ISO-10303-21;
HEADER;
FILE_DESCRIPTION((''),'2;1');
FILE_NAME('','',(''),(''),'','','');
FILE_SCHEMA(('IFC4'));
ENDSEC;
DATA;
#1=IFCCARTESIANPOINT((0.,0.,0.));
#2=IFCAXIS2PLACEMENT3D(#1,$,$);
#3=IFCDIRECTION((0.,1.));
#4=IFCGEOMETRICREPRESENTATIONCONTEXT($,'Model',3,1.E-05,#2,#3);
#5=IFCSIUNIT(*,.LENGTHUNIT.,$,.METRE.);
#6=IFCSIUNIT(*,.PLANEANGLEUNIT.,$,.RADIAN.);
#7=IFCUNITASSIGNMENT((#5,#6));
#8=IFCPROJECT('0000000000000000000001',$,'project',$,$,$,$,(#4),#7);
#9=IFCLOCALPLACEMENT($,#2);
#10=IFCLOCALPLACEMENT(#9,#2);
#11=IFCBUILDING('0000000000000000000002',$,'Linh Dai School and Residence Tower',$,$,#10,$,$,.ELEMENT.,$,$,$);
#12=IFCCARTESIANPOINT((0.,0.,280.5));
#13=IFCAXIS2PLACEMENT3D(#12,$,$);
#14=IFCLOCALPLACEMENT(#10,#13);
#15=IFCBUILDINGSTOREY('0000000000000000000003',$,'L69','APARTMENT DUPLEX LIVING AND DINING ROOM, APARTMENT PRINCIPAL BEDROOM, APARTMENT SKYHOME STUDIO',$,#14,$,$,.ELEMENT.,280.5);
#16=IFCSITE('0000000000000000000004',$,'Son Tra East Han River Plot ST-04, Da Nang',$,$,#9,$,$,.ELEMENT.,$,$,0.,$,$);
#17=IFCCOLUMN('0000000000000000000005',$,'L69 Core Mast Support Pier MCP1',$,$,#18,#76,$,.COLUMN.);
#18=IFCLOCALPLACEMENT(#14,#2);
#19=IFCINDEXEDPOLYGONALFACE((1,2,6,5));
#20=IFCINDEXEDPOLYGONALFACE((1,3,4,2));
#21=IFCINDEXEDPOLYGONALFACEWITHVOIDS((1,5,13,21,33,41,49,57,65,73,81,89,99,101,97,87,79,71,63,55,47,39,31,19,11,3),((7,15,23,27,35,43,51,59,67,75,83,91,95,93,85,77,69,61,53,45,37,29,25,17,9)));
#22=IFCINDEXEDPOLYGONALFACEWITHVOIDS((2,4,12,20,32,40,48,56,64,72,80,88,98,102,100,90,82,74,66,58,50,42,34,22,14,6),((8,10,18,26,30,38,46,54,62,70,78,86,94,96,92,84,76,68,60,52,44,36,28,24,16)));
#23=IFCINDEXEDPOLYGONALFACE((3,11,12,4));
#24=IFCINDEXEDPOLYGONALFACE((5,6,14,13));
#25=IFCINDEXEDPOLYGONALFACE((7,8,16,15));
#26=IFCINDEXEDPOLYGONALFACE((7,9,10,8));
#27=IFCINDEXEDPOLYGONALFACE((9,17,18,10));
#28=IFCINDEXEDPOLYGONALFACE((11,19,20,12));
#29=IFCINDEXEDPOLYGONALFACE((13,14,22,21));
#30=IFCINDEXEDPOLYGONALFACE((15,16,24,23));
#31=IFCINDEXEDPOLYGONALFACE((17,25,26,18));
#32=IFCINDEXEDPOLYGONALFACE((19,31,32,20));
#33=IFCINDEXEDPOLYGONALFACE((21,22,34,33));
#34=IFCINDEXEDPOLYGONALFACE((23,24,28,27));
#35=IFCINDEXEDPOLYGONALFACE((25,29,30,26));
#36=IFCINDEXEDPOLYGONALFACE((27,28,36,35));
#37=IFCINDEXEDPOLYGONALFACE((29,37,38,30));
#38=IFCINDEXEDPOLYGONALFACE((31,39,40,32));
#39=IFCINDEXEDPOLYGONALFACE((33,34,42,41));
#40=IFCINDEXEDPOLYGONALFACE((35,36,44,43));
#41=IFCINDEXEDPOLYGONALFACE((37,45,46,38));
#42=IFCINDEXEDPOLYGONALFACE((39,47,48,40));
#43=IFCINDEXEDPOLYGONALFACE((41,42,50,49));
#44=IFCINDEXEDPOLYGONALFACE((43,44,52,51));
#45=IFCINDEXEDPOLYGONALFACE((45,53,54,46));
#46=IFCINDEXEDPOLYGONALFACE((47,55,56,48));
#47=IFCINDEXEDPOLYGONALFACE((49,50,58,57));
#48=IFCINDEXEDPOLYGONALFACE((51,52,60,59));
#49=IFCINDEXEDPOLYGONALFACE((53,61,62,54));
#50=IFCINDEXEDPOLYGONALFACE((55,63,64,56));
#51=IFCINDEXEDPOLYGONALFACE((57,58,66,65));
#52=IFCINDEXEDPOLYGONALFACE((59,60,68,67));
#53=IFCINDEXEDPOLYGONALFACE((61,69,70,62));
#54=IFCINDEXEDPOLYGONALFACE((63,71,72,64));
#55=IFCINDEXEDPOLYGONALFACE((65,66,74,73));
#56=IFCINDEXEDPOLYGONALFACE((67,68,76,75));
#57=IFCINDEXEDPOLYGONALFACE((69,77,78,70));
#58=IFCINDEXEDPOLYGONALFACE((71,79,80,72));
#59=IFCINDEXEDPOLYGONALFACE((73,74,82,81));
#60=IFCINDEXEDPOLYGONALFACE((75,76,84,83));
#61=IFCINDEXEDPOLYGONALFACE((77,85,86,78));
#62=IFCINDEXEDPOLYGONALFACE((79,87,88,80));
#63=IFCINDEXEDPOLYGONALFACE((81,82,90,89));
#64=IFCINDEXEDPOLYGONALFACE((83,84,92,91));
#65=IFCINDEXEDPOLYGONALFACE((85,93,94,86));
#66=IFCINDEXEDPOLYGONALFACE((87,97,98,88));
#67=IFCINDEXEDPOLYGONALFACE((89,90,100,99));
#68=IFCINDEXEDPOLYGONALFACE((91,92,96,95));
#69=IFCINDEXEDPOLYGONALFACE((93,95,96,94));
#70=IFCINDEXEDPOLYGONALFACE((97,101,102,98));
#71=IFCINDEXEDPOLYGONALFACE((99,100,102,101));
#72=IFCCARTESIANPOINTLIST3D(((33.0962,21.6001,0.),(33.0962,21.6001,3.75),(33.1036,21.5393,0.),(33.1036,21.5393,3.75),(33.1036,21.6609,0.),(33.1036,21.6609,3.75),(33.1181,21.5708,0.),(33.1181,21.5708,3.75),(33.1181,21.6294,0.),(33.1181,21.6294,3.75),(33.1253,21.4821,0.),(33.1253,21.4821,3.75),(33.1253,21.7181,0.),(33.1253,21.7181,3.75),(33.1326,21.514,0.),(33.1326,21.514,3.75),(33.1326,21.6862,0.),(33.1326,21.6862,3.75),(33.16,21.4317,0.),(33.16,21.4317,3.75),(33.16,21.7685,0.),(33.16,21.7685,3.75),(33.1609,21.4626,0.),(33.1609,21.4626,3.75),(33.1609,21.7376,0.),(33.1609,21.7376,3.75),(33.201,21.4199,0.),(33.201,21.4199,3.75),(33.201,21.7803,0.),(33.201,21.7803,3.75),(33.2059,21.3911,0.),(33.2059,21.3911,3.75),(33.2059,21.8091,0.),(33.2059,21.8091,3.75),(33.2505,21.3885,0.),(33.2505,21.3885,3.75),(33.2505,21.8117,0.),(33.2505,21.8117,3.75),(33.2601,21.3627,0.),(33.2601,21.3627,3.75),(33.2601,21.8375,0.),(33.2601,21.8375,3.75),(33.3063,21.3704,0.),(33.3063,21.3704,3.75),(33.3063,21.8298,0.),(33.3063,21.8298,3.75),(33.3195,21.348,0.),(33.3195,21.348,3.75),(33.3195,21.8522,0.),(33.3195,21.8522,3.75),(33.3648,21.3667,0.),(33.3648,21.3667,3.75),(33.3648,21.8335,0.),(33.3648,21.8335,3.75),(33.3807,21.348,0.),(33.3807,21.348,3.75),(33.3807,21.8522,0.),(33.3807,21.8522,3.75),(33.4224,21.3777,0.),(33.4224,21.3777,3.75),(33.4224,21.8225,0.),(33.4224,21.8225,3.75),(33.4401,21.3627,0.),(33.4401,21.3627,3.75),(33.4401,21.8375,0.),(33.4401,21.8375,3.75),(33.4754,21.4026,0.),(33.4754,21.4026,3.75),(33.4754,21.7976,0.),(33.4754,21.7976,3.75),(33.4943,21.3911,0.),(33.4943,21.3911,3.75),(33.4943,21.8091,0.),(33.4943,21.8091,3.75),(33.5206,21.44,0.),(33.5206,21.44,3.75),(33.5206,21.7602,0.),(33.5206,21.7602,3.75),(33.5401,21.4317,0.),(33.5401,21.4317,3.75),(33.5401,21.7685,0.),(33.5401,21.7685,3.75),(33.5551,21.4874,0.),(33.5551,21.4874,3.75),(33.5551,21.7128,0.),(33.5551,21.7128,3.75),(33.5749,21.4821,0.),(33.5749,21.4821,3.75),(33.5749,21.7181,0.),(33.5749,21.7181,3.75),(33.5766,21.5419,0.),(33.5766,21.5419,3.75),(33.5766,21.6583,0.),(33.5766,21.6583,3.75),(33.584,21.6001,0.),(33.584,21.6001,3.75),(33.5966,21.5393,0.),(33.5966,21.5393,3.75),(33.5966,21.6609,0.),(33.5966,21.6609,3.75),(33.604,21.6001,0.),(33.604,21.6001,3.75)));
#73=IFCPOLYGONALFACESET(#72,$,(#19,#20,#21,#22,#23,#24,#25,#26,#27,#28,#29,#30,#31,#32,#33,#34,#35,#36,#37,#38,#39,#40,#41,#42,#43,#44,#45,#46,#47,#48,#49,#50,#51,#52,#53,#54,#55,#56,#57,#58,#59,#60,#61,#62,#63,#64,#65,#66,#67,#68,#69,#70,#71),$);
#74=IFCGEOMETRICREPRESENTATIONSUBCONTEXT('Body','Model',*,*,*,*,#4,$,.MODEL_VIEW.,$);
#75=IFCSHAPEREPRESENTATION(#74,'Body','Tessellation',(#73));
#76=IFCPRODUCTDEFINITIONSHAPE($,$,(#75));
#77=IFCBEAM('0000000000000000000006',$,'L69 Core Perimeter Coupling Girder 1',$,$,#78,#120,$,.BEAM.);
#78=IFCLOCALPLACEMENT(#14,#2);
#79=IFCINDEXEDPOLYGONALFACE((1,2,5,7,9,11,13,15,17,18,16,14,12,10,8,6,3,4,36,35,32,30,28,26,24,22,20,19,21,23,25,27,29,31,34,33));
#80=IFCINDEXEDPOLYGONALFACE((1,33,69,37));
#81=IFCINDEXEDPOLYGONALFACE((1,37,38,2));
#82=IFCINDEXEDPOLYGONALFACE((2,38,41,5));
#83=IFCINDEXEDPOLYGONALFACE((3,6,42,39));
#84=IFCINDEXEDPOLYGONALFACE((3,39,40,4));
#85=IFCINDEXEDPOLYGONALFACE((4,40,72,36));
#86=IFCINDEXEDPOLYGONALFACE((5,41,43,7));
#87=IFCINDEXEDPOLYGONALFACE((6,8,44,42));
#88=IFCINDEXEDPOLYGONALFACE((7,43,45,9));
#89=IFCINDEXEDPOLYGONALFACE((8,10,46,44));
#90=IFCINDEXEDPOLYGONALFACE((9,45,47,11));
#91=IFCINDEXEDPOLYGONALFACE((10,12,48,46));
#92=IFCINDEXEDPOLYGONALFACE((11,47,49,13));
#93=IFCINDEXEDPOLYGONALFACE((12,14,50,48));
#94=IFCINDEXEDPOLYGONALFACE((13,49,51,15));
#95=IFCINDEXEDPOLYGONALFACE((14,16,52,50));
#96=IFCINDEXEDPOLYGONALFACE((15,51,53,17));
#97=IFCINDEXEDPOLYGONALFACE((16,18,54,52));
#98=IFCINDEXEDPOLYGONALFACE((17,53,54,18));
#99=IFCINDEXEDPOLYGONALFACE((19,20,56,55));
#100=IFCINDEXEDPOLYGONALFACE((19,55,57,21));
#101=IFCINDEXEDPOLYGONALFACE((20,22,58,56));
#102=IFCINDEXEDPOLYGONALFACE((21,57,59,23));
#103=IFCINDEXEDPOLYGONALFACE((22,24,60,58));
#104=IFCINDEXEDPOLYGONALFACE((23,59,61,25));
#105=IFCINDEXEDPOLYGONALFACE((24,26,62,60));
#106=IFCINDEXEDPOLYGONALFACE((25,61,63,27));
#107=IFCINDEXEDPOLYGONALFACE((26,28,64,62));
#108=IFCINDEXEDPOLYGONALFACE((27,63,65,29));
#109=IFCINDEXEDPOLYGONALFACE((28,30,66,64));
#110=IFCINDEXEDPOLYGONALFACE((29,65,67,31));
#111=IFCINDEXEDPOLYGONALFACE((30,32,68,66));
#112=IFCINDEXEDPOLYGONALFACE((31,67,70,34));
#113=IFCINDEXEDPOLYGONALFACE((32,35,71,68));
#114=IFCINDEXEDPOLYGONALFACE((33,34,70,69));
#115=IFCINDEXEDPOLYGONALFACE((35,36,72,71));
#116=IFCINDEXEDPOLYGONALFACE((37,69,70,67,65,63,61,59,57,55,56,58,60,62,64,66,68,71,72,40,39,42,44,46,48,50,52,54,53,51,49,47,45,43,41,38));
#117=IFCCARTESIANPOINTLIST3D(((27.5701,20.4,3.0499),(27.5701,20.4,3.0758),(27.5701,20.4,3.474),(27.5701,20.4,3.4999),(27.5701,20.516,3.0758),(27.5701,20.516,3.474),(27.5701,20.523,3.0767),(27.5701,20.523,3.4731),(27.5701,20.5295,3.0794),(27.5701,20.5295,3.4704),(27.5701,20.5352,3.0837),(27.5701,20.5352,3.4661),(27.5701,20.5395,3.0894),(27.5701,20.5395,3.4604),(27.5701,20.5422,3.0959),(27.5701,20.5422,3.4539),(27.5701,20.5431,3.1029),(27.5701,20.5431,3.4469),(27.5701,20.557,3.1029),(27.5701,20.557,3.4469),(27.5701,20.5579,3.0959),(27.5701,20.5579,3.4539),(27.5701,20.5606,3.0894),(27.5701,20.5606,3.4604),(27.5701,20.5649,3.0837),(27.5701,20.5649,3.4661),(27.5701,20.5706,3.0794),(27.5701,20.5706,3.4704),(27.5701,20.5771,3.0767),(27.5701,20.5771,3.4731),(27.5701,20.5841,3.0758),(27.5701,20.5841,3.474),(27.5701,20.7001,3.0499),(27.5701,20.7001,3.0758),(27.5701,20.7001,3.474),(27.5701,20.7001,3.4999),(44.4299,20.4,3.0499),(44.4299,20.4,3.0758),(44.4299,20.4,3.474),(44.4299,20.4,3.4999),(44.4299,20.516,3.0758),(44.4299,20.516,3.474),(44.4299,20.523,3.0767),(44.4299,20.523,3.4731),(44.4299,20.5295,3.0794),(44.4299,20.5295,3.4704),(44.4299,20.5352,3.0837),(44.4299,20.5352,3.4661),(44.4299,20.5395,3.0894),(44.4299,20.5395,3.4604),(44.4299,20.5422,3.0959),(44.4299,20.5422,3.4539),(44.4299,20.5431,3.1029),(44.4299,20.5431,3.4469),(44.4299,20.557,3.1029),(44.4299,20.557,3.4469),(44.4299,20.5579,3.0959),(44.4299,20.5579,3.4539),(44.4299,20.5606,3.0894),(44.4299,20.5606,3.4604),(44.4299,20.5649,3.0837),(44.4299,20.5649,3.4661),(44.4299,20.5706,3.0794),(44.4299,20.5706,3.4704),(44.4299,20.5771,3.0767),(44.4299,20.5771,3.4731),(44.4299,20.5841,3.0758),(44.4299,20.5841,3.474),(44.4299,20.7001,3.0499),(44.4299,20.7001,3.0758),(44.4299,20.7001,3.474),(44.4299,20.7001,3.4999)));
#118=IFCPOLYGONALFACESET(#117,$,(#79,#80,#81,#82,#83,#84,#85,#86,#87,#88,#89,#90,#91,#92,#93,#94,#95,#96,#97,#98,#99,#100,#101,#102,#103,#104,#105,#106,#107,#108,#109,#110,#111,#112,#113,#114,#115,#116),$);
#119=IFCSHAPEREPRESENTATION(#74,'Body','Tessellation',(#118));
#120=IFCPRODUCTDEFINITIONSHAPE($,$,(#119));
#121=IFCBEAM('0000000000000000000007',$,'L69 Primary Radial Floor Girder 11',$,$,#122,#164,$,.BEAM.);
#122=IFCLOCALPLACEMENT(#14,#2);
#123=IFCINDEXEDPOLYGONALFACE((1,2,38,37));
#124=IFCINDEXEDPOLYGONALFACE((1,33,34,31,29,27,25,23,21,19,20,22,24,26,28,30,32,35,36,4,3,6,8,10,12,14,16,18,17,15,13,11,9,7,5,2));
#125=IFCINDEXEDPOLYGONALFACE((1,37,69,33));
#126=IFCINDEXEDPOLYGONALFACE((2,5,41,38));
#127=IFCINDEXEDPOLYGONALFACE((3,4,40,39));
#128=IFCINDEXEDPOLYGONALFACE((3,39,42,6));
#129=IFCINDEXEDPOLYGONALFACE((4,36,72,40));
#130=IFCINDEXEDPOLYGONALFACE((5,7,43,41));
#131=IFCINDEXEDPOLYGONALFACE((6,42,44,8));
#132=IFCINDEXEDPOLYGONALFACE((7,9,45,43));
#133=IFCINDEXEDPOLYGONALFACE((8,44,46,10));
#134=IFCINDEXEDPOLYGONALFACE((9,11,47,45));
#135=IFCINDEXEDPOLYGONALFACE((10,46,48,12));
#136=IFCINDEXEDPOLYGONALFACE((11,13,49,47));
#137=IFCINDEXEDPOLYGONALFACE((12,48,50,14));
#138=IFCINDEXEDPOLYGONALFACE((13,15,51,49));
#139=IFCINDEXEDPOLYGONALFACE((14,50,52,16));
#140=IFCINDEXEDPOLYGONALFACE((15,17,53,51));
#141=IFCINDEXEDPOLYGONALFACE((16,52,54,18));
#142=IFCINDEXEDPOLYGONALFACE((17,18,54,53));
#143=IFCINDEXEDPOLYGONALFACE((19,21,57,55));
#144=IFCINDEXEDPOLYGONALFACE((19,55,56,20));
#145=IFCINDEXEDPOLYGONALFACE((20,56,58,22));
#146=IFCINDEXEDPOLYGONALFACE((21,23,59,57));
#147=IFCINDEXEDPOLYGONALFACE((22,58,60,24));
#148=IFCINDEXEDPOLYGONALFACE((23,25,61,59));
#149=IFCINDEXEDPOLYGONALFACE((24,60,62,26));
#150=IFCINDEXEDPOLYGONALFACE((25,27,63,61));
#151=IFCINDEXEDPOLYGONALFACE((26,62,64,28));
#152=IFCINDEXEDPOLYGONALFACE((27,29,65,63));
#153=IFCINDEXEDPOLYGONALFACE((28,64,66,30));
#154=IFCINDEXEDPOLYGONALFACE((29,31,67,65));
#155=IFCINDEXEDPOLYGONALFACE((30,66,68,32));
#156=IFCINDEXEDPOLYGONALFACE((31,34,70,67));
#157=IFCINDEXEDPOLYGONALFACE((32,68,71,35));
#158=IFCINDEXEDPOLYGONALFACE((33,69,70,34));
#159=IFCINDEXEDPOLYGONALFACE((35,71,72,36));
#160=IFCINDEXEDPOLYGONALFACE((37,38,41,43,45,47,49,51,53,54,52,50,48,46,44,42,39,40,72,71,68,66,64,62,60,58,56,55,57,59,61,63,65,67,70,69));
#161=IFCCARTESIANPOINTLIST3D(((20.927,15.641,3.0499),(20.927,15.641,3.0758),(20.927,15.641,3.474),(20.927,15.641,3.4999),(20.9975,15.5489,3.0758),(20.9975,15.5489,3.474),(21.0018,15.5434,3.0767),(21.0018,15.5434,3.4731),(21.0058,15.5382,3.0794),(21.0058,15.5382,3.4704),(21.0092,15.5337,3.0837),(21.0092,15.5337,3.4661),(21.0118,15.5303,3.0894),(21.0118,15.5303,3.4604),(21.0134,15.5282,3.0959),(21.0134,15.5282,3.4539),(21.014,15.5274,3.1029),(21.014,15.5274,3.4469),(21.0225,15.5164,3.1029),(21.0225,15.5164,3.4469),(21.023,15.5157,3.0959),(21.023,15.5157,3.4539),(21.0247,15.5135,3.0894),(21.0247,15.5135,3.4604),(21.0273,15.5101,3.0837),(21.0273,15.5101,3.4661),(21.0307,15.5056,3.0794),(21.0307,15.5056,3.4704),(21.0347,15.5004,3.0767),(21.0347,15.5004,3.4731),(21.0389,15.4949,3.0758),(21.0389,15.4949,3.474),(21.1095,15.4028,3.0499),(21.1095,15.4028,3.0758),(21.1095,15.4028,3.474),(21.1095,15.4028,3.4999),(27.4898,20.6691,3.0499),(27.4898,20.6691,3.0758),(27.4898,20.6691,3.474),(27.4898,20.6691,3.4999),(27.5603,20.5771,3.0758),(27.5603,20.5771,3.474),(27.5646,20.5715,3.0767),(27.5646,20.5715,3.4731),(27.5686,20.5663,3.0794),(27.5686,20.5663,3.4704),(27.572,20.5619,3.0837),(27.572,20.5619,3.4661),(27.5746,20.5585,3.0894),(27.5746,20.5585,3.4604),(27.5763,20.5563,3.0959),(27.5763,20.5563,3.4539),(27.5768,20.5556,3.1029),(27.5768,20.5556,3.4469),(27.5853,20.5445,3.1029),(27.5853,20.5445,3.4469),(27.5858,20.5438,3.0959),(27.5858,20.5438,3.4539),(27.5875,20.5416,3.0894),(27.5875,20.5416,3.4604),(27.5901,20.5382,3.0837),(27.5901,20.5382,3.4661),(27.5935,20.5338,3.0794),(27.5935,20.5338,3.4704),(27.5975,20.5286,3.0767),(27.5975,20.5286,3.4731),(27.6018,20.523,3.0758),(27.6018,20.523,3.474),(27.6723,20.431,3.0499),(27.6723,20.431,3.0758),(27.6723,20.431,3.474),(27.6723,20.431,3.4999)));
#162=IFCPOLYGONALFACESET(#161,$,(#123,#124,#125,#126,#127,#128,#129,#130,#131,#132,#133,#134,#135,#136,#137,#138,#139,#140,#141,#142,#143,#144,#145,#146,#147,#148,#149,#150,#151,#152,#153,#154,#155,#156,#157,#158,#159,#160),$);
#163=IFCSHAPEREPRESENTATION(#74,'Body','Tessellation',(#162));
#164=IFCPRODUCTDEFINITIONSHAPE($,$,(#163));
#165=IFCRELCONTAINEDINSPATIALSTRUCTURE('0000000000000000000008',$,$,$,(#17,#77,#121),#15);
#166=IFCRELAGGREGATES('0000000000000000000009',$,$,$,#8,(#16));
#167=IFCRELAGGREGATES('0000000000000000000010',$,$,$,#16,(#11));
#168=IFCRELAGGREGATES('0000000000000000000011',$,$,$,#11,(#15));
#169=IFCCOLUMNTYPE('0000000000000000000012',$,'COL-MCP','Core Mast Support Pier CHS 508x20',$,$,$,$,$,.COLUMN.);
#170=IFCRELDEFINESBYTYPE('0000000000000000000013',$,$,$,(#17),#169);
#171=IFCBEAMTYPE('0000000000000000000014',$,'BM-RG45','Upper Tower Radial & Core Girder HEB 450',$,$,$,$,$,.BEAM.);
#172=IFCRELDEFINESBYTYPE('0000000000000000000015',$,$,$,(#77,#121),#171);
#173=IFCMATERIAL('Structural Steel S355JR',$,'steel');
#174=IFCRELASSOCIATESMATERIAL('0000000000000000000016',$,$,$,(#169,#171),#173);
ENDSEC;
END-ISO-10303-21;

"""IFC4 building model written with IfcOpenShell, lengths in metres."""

from ifc_helpers import new_model, si_unit, direction, frame, origin, origin_2d, place, context, subcontext, project, spatial, hollow_circle, i_section, extrude, material, material_profile, profile_set, type_object, element, save


model = new_model("IFC4")

# Units and contexts
model_context = context("Model", 3, precision=1e-05, world=origin(), true_north=direction((0.0, 1.0)))
body_context = subcontext(model_context, "Body", "Model", "MODEL_VIEW")
ifc_project = project(units=[si_unit("LENGTHUNIT", "METRE"), si_unit("PLANEANGLEUNIT", "RADIAN")], contexts=[model_context])

# Site, building, storey
site_placement = place(None, origin())
site = spatial("IfcSite", under=ifc_project, at=site_placement, Name="Son Tra East Han River Plot ST-04, Da Nang", CompositionType="ELEMENT", RefElevation=0.0)
building_placement = place(site_placement, origin())
building = spatial("IfcBuilding", under=site, at=building_placement, Name="Linh Dai School and Residence Tower", CompositionType="ELEMENT")
storey_placement = place(building_placement, frame((0.0, 0.0, 280.5)))
storey = spatial("IfcBuildingStorey", under=building, at=storey_placement, Name="L69", Description="APARTMENT DUPLEX LIVING AND DINING ROOM, APARTMENT PRINCIPAL BEDROOM, APARTMENT SKYHOME STUDIO", CompositionType="ELEMENT", Elevation=280.5)

# Column
ifc_material_1 = material(Name="Structural Steel S355JR", Category="steel")
ifc_material_profile_1 = material_profile(ifc_material_1, hollow_circle(Radius=0.2539, WallThickness=0.02, at=origin_2d()), Name="CHS 508x20")
ifc_profile_set_1 = profile_set([ifc_material_profile_1], Name="Structural Steel S355JR")
column_type = type_object("IfcColumnType", Name="COL-MCP", Description="Core Mast Support Pier CHS 508x20", PredefinedType="COLUMN", material=ifc_profile_set_1)
column_placement = place(storey_placement, frame((33.3501, 21.6001, 0.0), z_axis=(0.0, 0.0, 1.0), x_axis=(1.0, 0.0, 0.0)))
element("IfcColumn", 1, at=column_placement, inside=storey, type_object=column_type, Name="L69 Core Mast Support Pier MCP1", PredefinedType="COLUMN", context=body_context, shape_type="SweptSolid", body=[
    extrude(hollow_circle(Radius=0.2539, WallThickness=0.02, at=origin_2d()), origin(), (0.0, 0.0, 1.0), 3.75),
])

# Beams
ifc_material_profile_2 = material_profile(ifc_material_1, i_section(OverallWidth=0.3, OverallDepth=0.45, WebThickness=0.0139, FlangeThickness=0.0259, FilletRadius=0.0271, at=origin_2d()), Name="HEB 450")
ifc_profile_set_2 = profile_set([ifc_material_profile_2], Name="Structural Steel S355JR")
beam_type_1 = type_object("IfcBeamType", Name="BM-RG45", Description="Upper Tower Radial & Core Girder HEB 450", PredefinedType="BEAM", material=ifc_profile_set_2)
beam_1_placement = place(storey_placement, frame((27.5701, 20.55, 3.2749), z_axis=(1.0, 0.0, 0.0), x_axis=(0.0, 1.0, 0.0)))
element("IfcBeam", 2, at=beam_1_placement, inside=storey, type_object=beam_type_1, Name="L69 Core Perimeter Coupling Girder 1", PredefinedType="BEAM", context=body_context, shape_type="SweptSolid", body=[
    extrude(i_section(OverallWidth=0.3, OverallDepth=0.45, WebThickness=0.0139, FlangeThickness=0.0259, FilletRadius=0.0271, at=origin_2d()), origin(), (0.0, 0.0, 1.0), 16.8599),
])
beam_2_placement = place(storey_placement, frame((27.5811, 20.55, 3.2749), z_axis=(-0.793803, -0.608175, 0.0), x_axis=(0.608175, -0.793803, 0.0)))
element("IfcBeam", 3, at=beam_2_placement, inside=storey, type_object=beam_type_1, Name="L69 Primary Radial Floor Girder 11", PredefinedType="BEAM", context=body_context, shape_type="SweptSolid", body=[
    extrude(i_section(OverallWidth=0.3, OverallDepth=0.45, WebThickness=0.0139, FlangeThickness=0.0259, FilletRadius=0.0271, at=origin_2d()), origin(), (0.0, 0.0, 1.0), 8.2676),
])

save(model, "model.ifc")
